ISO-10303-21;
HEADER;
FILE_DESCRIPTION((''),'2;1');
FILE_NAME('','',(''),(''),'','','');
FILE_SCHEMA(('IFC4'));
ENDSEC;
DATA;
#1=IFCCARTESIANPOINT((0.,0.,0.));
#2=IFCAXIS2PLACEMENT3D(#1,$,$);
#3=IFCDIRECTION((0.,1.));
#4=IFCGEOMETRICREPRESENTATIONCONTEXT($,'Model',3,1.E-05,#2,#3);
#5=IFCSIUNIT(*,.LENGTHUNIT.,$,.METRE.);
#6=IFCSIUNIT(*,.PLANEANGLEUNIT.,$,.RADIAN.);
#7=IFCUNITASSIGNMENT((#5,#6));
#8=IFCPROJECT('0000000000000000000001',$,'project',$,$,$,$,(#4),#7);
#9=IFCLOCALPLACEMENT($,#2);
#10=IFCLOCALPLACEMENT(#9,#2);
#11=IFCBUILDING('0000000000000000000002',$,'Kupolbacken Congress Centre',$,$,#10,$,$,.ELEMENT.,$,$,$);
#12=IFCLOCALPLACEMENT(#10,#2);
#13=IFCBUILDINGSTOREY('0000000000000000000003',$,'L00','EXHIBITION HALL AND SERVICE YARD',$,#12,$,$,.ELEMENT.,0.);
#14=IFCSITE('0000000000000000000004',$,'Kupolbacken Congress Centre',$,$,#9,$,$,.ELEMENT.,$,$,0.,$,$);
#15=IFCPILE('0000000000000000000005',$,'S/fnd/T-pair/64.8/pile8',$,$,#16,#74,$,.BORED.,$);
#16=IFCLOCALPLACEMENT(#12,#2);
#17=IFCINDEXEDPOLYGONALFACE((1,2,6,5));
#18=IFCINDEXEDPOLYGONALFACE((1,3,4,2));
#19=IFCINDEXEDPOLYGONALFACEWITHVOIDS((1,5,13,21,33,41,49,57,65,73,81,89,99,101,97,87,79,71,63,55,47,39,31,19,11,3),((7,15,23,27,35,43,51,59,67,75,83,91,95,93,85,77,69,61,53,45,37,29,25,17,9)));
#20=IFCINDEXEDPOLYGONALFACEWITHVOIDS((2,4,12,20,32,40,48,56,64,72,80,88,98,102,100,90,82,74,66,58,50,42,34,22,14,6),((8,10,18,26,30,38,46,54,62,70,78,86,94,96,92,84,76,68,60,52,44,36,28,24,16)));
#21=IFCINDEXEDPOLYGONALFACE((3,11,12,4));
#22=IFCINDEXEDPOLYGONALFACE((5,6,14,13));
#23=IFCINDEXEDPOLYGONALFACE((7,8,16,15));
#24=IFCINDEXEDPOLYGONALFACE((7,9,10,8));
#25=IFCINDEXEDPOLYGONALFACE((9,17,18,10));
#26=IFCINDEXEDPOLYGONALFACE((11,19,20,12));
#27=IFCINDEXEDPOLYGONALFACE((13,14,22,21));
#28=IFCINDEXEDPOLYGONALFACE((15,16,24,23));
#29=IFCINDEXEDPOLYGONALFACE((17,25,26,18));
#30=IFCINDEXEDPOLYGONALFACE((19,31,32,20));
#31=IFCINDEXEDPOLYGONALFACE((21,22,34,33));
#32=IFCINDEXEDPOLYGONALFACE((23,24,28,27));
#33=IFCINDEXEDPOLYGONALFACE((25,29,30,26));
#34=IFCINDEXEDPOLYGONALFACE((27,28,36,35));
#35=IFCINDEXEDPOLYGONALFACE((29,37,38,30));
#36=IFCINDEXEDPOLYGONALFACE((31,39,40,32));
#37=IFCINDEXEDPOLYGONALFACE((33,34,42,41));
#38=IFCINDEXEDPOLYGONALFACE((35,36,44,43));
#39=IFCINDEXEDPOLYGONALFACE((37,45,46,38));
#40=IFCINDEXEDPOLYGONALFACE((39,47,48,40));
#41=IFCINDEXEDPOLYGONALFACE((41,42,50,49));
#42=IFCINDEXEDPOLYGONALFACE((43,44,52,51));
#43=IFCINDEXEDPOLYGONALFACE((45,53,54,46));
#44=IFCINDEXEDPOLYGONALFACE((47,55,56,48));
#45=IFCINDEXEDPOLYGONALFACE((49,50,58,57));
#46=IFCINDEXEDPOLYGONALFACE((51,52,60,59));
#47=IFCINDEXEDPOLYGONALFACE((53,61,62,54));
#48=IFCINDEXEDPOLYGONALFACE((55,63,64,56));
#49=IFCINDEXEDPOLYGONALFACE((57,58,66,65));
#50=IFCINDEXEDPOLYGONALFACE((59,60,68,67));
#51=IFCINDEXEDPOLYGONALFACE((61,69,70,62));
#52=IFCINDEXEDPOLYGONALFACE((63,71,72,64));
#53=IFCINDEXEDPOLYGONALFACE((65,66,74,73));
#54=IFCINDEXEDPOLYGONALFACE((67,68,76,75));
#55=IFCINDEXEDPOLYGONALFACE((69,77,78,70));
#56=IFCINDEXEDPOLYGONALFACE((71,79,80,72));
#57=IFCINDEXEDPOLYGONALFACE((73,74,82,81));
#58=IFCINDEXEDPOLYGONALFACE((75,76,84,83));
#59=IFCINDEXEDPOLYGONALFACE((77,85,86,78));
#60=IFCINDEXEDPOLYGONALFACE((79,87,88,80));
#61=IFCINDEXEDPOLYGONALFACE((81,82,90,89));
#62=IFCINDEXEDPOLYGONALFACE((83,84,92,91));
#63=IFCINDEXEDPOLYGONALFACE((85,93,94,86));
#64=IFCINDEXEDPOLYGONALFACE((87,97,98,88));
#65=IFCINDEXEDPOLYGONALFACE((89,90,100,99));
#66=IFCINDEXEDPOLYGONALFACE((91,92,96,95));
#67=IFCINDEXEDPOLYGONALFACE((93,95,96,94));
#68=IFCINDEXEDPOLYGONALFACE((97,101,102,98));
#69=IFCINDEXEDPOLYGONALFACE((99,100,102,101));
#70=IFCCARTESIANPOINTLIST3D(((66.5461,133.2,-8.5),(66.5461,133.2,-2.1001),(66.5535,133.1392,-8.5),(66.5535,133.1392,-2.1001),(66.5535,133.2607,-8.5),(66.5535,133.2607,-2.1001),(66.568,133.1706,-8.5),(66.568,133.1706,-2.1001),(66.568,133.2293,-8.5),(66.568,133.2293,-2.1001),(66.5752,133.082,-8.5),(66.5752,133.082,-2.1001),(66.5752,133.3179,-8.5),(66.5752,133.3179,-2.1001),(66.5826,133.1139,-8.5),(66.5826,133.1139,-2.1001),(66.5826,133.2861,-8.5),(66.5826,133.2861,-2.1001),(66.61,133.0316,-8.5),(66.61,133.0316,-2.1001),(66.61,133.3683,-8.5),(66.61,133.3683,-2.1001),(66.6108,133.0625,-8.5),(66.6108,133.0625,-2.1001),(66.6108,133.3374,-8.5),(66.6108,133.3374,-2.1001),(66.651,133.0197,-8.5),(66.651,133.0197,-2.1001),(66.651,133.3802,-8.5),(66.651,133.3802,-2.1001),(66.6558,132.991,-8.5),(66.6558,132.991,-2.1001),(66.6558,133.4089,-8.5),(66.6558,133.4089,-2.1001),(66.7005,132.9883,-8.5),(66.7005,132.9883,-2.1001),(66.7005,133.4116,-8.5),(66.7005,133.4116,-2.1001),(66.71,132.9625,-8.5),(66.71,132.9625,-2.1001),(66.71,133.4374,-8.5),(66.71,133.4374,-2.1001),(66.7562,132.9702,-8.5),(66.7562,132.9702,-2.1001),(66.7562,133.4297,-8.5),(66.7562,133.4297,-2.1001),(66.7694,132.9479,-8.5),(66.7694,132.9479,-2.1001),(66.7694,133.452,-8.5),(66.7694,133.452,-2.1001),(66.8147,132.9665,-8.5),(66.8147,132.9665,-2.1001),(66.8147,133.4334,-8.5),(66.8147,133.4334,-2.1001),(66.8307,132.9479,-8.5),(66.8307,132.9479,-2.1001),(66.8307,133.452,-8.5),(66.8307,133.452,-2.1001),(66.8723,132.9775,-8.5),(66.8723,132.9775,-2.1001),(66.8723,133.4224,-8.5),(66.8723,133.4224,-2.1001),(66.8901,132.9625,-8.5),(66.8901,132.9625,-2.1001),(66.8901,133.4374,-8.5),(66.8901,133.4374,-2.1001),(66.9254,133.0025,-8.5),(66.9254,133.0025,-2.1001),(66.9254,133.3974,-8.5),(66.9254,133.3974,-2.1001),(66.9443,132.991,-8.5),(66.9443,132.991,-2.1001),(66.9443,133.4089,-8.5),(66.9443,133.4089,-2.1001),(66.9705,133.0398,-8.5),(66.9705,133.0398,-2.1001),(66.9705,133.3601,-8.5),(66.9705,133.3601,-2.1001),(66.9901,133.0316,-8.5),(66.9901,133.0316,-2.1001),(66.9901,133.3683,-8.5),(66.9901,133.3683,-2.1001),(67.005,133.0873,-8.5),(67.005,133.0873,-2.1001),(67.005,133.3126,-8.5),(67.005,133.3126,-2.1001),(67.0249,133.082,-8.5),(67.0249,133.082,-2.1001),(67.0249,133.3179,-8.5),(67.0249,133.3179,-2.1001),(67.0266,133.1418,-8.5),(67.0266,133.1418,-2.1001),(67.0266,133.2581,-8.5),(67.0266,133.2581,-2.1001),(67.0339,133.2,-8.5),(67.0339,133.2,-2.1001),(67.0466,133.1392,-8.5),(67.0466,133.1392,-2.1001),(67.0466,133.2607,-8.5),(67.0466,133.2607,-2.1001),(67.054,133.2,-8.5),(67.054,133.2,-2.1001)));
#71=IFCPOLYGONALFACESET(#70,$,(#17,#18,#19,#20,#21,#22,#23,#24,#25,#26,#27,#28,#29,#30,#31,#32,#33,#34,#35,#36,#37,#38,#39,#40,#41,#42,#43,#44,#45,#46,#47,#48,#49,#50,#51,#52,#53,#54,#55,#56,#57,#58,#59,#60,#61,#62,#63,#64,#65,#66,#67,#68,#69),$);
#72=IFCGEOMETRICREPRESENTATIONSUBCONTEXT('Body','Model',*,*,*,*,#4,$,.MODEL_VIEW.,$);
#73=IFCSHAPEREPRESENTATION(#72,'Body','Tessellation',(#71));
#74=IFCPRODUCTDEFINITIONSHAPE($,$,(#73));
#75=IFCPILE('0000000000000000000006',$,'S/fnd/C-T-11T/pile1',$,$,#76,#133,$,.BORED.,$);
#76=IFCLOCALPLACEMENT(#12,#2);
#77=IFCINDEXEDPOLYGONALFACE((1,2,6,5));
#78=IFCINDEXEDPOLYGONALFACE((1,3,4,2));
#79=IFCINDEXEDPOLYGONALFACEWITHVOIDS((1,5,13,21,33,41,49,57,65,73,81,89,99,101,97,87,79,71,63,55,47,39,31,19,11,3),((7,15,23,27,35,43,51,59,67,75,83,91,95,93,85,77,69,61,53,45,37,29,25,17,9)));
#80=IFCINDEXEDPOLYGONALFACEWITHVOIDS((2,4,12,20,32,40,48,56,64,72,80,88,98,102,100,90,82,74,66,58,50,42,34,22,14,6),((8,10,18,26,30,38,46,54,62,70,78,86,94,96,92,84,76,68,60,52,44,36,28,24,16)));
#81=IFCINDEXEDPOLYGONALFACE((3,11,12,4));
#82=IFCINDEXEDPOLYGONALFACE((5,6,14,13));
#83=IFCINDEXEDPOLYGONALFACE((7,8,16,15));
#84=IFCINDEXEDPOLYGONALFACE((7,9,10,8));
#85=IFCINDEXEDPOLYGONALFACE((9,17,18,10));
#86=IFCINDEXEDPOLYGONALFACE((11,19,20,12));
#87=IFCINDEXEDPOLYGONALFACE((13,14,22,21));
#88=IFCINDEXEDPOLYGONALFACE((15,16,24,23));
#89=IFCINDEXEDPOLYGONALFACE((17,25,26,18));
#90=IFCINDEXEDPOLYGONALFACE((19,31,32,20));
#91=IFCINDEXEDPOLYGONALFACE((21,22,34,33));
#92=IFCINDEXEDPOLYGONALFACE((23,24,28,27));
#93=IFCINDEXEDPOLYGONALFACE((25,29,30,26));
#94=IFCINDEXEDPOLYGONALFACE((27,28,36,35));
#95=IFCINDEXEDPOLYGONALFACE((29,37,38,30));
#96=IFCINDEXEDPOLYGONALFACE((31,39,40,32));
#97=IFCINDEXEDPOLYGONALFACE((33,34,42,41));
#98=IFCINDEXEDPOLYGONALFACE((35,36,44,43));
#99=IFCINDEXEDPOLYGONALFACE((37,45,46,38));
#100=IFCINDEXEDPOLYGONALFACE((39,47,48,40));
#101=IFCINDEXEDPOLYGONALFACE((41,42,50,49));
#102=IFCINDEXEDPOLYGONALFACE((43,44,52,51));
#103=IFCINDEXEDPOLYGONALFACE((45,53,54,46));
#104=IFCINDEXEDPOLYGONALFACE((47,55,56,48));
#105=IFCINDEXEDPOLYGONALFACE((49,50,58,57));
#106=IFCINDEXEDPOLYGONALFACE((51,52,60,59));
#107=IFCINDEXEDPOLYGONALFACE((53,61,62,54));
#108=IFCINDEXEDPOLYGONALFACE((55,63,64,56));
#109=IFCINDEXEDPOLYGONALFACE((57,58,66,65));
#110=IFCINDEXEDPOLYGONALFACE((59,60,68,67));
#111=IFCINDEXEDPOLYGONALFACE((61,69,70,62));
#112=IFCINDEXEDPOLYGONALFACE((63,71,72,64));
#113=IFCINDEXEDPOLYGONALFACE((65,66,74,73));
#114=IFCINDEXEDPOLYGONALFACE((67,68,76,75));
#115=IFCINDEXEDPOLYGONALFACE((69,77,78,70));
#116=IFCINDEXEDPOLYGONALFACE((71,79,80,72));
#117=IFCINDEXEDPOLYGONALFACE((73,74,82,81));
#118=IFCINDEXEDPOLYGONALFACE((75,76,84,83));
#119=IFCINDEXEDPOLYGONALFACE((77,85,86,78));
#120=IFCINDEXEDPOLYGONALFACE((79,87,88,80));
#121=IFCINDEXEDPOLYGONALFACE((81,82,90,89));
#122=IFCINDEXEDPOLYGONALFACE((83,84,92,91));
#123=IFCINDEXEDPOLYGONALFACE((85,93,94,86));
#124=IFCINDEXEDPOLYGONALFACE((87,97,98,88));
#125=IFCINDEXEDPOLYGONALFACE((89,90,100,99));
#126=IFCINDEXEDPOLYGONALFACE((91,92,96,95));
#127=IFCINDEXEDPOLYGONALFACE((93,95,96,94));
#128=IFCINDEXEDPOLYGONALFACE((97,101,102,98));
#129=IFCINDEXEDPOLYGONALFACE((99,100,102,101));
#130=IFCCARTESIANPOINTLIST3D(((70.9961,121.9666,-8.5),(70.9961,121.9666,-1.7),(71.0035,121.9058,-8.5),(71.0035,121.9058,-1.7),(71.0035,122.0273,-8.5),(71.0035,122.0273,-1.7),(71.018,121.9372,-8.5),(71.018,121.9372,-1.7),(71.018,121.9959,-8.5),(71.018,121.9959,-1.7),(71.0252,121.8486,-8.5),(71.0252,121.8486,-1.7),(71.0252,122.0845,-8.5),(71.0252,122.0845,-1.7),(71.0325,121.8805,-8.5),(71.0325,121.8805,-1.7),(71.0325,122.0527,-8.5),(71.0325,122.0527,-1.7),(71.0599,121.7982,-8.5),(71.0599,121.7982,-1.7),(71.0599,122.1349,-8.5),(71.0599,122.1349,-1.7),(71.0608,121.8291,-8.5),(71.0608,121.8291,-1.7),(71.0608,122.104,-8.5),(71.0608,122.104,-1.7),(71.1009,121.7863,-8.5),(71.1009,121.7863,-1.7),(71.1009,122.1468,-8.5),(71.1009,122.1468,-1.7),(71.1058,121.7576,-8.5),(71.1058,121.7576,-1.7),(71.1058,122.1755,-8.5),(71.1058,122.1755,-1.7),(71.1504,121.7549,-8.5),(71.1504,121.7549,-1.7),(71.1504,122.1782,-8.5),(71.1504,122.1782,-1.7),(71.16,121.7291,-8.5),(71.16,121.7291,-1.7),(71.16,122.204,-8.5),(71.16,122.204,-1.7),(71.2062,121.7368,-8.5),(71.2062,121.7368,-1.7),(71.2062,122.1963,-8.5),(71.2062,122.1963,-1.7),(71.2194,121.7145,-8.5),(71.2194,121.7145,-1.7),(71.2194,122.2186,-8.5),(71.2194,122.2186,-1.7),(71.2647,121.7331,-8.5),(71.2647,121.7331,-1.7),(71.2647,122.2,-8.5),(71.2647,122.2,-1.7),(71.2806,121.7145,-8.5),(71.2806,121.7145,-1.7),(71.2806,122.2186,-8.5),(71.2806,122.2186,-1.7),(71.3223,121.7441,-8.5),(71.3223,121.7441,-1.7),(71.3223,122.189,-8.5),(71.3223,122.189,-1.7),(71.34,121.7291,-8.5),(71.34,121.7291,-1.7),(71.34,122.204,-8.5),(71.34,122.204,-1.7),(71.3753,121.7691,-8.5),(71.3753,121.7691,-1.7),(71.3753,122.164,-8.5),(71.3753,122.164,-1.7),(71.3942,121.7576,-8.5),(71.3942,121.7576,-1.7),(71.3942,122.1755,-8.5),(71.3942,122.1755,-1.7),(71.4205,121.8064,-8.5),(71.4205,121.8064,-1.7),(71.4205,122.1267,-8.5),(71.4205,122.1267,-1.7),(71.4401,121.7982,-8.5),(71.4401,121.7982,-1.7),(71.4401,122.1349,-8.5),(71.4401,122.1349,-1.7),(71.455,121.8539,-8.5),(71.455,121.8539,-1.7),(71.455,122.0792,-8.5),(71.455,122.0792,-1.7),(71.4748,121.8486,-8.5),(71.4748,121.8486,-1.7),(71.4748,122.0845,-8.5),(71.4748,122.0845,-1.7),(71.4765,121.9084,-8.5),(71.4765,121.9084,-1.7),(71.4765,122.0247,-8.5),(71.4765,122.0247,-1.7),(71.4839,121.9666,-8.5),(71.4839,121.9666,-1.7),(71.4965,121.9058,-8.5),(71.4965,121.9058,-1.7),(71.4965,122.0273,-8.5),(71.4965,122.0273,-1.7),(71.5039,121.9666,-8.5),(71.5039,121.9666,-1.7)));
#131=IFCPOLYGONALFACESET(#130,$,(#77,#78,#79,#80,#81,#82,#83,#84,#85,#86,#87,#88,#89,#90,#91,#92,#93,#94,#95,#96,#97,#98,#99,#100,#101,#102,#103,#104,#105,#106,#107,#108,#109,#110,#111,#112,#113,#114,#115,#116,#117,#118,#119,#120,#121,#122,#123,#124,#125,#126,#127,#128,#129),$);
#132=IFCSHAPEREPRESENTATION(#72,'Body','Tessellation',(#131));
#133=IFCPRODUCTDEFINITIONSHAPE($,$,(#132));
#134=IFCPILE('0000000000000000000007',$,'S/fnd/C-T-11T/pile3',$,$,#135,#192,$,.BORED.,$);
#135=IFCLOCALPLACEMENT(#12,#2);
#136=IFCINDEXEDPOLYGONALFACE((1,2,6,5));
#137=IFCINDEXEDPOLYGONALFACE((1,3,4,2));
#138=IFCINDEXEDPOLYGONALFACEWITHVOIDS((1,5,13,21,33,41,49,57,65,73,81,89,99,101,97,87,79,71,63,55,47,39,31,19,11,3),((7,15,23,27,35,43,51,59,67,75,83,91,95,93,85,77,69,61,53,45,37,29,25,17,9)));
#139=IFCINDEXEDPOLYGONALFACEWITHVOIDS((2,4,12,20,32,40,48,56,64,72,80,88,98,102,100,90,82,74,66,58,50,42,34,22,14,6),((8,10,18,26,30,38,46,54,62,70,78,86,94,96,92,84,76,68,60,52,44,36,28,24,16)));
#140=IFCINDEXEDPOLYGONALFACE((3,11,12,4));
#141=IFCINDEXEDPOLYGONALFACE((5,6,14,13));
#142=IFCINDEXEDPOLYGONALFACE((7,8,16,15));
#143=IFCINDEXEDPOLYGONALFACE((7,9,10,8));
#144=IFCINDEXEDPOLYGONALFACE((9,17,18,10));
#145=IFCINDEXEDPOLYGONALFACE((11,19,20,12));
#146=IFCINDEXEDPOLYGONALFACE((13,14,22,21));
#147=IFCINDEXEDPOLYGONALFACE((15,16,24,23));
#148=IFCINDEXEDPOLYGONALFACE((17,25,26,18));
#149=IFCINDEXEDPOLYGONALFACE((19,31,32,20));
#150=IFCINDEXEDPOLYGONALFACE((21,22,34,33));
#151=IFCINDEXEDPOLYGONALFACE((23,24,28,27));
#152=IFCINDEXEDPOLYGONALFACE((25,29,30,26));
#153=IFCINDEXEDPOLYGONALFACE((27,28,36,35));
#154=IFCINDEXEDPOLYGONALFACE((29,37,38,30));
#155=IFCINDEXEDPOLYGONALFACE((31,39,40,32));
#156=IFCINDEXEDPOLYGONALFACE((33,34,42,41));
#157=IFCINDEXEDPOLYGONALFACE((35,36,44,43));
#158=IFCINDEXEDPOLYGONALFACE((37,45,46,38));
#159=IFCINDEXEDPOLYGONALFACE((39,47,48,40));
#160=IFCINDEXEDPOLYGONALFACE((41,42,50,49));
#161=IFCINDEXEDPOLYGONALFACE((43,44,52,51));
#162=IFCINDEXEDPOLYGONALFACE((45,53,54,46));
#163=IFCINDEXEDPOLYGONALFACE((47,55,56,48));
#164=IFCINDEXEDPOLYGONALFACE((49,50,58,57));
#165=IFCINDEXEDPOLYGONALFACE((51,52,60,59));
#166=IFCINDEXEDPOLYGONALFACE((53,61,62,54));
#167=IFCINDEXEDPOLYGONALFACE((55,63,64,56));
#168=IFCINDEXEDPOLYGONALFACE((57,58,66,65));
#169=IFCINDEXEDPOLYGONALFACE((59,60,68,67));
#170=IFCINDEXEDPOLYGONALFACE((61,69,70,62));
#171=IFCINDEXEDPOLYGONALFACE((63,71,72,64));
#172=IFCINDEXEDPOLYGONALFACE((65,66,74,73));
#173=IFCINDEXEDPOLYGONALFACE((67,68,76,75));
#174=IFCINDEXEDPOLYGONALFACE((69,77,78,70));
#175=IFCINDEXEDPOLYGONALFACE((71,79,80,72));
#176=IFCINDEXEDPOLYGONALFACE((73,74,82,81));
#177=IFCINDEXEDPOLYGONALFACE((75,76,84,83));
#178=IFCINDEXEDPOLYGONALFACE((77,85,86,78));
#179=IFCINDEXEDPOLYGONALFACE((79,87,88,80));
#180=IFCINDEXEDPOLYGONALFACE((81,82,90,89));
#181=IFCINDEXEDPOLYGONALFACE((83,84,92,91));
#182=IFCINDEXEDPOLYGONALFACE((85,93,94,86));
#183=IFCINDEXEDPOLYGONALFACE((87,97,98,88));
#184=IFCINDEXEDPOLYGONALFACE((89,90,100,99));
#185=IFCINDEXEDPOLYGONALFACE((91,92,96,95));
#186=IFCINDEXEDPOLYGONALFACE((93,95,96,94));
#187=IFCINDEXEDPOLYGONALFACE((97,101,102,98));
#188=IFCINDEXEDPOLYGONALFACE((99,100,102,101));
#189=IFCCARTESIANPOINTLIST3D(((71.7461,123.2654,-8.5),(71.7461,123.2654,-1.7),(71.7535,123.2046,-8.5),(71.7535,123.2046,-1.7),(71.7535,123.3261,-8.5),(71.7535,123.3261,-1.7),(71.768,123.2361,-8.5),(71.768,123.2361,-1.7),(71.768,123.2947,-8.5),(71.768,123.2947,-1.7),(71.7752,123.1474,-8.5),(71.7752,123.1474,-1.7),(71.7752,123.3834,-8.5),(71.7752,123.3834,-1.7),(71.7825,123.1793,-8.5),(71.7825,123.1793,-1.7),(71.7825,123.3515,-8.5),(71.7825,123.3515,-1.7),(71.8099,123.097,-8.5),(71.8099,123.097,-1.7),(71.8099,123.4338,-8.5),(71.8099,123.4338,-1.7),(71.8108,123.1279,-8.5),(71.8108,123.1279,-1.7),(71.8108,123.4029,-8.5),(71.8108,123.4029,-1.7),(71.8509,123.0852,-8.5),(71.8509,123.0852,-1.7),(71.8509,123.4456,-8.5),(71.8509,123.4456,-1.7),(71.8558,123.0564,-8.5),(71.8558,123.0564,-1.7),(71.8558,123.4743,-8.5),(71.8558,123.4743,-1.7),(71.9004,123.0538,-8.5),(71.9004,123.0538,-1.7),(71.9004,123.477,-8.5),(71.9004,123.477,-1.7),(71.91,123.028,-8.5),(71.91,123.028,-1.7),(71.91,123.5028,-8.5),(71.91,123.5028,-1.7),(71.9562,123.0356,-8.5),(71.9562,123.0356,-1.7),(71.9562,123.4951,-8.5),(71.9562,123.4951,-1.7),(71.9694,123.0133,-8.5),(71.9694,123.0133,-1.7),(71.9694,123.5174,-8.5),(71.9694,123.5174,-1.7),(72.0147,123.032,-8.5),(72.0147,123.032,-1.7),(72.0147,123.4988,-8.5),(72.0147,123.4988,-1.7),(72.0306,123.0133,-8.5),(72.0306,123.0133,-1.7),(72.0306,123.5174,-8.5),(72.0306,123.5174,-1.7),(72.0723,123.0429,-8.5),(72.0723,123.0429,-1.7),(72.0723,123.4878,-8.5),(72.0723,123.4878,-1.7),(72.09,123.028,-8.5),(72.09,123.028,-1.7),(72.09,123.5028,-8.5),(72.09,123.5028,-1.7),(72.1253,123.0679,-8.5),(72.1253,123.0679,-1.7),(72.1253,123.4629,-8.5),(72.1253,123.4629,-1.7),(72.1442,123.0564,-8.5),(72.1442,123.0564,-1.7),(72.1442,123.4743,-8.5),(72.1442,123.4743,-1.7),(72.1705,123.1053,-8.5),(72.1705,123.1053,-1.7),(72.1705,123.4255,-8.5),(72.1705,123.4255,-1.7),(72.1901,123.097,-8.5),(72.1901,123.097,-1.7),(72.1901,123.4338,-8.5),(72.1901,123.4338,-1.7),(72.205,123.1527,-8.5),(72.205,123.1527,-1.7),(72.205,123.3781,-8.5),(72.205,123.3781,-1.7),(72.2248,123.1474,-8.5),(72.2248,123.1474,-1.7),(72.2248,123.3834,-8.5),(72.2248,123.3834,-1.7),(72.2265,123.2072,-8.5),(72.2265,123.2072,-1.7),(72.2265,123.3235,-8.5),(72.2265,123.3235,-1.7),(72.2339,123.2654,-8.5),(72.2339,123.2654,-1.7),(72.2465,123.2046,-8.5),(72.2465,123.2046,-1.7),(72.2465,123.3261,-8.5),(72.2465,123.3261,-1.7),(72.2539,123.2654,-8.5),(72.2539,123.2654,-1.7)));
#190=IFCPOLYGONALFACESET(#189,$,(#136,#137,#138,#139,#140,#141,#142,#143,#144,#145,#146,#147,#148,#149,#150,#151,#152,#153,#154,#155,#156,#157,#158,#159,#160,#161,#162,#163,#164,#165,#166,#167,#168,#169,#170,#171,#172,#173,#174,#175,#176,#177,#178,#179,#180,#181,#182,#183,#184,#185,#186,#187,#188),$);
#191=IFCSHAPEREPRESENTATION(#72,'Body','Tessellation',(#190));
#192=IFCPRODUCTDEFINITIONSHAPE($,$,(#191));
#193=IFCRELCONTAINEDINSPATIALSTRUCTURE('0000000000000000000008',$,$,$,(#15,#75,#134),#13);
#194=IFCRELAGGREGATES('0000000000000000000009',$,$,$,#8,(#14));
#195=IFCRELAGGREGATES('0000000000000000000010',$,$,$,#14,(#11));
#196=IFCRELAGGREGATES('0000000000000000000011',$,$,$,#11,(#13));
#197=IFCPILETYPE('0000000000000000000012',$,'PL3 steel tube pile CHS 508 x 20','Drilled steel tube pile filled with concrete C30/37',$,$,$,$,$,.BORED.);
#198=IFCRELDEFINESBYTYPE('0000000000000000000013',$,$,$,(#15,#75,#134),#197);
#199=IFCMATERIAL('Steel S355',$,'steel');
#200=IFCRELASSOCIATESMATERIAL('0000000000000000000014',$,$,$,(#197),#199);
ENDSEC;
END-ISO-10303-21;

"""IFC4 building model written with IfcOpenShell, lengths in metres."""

from ifc_helpers import new_model, si_unit, direction, frame, origin, origin_2d, place, context, subcontext, project, spatial, hollow_circle, extrude, material, material_profile, profile_set, type_object, element, save


model = new_model("IFC4")

# Units and contexts
model_context = context("Model", 3, precision=1e-05, world=origin(), true_north=direction((0.0, 1.0)))
body_context = subcontext(model_context, "Body", "Model", "MODEL_VIEW")
ifc_project = project(units=[si_unit("LENGTHUNIT", "METRE"), si_unit("PLANEANGLEUNIT", "RADIAN")], contexts=[model_context])

# Site, building, storey
site_placement = place(None, origin())
site = spatial("IfcSite", under=ifc_project, at=site_placement, Name="Kupolbacken Congress Centre", CompositionType="ELEMENT", RefElevation=0.0)
building_placement = place(site_placement, origin())
building = spatial("IfcBuilding", under=site, at=building_placement, Name="Kupolbacken Congress Centre", CompositionType="ELEMENT")
storey_placement = place(building_placement, origin())
storey = spatial("IfcBuildingStorey", under=building, at=storey_placement, Name="L00", Description="EXHIBITION HALL AND SERVICE YARD", CompositionType="ELEMENT", Elevation=0.0)

# Piles
ifc_material_1 = material(Name="Steel S355", Category="steel")
ifc_material_profile_1 = material_profile(ifc_material_1, hollow_circle(Radius=0.2539, WallThickness=0.02, at=origin_2d()), Name="CHS 508 x 20")
ifc_profile_set_1 = profile_set([ifc_material_profile_1], Name="Steel S355")
pile_type = type_object("IfcPileType", Name="PL3 steel tube pile CHS 508 x 20", Description="Drilled steel tube pile filled with concrete C30/37", PredefinedType="BORED", material=ifc_profile_set_1)
for number, where, z_axis, x_axis, name in (
    (1, (66.8, 133.2, -2.1001), (0.0, 0.0, -1.0), (1.0, 0.0, 0.0), "S/fnd/T-pair/64.8/pile8"),
):
    element("IfcPile", number, at=place(storey_placement, frame(where, z_axis=z_axis, x_axis=x_axis)), inside=storey, type_object=pile_type, Name=name, PredefinedType="BORED", context=body_context, shape_type="SweptSolid", body=[
        extrude(hollow_circle(Radius=0.2539, WallThickness=0.02, at=origin_2d()), origin(), (0.0, 0.0, 1.0), 6.3999),
    ])
for number, where, z_axis, x_axis, name in (
    (2, (71.25, 121.9666, -1.7), (0.0, 0.0, -1.0), (1.0, 0.0, 0.0), "S/fnd/C-T-11T/pile1"),
    (3, (72.0, 123.2654, -1.7), (0.0, 0.0, -1.0), (1.0, 0.0, 0.0), "S/fnd/C-T-11T/pile3"),
):
    element("IfcPile", number, at=place(storey_placement, frame(where, z_axis=z_axis, x_axis=x_axis)), inside=storey, type_object=pile_type, Name=name, PredefinedType="BORED", context=body_context, shape_type="SweptSolid", body=[
        extrude(hollow_circle(Radius=0.2539, WallThickness=0.02, at=origin_2d()), origin(), (0.0, 0.0, 1.0), 6.8),
    ])

save(model, "model.ifc")
